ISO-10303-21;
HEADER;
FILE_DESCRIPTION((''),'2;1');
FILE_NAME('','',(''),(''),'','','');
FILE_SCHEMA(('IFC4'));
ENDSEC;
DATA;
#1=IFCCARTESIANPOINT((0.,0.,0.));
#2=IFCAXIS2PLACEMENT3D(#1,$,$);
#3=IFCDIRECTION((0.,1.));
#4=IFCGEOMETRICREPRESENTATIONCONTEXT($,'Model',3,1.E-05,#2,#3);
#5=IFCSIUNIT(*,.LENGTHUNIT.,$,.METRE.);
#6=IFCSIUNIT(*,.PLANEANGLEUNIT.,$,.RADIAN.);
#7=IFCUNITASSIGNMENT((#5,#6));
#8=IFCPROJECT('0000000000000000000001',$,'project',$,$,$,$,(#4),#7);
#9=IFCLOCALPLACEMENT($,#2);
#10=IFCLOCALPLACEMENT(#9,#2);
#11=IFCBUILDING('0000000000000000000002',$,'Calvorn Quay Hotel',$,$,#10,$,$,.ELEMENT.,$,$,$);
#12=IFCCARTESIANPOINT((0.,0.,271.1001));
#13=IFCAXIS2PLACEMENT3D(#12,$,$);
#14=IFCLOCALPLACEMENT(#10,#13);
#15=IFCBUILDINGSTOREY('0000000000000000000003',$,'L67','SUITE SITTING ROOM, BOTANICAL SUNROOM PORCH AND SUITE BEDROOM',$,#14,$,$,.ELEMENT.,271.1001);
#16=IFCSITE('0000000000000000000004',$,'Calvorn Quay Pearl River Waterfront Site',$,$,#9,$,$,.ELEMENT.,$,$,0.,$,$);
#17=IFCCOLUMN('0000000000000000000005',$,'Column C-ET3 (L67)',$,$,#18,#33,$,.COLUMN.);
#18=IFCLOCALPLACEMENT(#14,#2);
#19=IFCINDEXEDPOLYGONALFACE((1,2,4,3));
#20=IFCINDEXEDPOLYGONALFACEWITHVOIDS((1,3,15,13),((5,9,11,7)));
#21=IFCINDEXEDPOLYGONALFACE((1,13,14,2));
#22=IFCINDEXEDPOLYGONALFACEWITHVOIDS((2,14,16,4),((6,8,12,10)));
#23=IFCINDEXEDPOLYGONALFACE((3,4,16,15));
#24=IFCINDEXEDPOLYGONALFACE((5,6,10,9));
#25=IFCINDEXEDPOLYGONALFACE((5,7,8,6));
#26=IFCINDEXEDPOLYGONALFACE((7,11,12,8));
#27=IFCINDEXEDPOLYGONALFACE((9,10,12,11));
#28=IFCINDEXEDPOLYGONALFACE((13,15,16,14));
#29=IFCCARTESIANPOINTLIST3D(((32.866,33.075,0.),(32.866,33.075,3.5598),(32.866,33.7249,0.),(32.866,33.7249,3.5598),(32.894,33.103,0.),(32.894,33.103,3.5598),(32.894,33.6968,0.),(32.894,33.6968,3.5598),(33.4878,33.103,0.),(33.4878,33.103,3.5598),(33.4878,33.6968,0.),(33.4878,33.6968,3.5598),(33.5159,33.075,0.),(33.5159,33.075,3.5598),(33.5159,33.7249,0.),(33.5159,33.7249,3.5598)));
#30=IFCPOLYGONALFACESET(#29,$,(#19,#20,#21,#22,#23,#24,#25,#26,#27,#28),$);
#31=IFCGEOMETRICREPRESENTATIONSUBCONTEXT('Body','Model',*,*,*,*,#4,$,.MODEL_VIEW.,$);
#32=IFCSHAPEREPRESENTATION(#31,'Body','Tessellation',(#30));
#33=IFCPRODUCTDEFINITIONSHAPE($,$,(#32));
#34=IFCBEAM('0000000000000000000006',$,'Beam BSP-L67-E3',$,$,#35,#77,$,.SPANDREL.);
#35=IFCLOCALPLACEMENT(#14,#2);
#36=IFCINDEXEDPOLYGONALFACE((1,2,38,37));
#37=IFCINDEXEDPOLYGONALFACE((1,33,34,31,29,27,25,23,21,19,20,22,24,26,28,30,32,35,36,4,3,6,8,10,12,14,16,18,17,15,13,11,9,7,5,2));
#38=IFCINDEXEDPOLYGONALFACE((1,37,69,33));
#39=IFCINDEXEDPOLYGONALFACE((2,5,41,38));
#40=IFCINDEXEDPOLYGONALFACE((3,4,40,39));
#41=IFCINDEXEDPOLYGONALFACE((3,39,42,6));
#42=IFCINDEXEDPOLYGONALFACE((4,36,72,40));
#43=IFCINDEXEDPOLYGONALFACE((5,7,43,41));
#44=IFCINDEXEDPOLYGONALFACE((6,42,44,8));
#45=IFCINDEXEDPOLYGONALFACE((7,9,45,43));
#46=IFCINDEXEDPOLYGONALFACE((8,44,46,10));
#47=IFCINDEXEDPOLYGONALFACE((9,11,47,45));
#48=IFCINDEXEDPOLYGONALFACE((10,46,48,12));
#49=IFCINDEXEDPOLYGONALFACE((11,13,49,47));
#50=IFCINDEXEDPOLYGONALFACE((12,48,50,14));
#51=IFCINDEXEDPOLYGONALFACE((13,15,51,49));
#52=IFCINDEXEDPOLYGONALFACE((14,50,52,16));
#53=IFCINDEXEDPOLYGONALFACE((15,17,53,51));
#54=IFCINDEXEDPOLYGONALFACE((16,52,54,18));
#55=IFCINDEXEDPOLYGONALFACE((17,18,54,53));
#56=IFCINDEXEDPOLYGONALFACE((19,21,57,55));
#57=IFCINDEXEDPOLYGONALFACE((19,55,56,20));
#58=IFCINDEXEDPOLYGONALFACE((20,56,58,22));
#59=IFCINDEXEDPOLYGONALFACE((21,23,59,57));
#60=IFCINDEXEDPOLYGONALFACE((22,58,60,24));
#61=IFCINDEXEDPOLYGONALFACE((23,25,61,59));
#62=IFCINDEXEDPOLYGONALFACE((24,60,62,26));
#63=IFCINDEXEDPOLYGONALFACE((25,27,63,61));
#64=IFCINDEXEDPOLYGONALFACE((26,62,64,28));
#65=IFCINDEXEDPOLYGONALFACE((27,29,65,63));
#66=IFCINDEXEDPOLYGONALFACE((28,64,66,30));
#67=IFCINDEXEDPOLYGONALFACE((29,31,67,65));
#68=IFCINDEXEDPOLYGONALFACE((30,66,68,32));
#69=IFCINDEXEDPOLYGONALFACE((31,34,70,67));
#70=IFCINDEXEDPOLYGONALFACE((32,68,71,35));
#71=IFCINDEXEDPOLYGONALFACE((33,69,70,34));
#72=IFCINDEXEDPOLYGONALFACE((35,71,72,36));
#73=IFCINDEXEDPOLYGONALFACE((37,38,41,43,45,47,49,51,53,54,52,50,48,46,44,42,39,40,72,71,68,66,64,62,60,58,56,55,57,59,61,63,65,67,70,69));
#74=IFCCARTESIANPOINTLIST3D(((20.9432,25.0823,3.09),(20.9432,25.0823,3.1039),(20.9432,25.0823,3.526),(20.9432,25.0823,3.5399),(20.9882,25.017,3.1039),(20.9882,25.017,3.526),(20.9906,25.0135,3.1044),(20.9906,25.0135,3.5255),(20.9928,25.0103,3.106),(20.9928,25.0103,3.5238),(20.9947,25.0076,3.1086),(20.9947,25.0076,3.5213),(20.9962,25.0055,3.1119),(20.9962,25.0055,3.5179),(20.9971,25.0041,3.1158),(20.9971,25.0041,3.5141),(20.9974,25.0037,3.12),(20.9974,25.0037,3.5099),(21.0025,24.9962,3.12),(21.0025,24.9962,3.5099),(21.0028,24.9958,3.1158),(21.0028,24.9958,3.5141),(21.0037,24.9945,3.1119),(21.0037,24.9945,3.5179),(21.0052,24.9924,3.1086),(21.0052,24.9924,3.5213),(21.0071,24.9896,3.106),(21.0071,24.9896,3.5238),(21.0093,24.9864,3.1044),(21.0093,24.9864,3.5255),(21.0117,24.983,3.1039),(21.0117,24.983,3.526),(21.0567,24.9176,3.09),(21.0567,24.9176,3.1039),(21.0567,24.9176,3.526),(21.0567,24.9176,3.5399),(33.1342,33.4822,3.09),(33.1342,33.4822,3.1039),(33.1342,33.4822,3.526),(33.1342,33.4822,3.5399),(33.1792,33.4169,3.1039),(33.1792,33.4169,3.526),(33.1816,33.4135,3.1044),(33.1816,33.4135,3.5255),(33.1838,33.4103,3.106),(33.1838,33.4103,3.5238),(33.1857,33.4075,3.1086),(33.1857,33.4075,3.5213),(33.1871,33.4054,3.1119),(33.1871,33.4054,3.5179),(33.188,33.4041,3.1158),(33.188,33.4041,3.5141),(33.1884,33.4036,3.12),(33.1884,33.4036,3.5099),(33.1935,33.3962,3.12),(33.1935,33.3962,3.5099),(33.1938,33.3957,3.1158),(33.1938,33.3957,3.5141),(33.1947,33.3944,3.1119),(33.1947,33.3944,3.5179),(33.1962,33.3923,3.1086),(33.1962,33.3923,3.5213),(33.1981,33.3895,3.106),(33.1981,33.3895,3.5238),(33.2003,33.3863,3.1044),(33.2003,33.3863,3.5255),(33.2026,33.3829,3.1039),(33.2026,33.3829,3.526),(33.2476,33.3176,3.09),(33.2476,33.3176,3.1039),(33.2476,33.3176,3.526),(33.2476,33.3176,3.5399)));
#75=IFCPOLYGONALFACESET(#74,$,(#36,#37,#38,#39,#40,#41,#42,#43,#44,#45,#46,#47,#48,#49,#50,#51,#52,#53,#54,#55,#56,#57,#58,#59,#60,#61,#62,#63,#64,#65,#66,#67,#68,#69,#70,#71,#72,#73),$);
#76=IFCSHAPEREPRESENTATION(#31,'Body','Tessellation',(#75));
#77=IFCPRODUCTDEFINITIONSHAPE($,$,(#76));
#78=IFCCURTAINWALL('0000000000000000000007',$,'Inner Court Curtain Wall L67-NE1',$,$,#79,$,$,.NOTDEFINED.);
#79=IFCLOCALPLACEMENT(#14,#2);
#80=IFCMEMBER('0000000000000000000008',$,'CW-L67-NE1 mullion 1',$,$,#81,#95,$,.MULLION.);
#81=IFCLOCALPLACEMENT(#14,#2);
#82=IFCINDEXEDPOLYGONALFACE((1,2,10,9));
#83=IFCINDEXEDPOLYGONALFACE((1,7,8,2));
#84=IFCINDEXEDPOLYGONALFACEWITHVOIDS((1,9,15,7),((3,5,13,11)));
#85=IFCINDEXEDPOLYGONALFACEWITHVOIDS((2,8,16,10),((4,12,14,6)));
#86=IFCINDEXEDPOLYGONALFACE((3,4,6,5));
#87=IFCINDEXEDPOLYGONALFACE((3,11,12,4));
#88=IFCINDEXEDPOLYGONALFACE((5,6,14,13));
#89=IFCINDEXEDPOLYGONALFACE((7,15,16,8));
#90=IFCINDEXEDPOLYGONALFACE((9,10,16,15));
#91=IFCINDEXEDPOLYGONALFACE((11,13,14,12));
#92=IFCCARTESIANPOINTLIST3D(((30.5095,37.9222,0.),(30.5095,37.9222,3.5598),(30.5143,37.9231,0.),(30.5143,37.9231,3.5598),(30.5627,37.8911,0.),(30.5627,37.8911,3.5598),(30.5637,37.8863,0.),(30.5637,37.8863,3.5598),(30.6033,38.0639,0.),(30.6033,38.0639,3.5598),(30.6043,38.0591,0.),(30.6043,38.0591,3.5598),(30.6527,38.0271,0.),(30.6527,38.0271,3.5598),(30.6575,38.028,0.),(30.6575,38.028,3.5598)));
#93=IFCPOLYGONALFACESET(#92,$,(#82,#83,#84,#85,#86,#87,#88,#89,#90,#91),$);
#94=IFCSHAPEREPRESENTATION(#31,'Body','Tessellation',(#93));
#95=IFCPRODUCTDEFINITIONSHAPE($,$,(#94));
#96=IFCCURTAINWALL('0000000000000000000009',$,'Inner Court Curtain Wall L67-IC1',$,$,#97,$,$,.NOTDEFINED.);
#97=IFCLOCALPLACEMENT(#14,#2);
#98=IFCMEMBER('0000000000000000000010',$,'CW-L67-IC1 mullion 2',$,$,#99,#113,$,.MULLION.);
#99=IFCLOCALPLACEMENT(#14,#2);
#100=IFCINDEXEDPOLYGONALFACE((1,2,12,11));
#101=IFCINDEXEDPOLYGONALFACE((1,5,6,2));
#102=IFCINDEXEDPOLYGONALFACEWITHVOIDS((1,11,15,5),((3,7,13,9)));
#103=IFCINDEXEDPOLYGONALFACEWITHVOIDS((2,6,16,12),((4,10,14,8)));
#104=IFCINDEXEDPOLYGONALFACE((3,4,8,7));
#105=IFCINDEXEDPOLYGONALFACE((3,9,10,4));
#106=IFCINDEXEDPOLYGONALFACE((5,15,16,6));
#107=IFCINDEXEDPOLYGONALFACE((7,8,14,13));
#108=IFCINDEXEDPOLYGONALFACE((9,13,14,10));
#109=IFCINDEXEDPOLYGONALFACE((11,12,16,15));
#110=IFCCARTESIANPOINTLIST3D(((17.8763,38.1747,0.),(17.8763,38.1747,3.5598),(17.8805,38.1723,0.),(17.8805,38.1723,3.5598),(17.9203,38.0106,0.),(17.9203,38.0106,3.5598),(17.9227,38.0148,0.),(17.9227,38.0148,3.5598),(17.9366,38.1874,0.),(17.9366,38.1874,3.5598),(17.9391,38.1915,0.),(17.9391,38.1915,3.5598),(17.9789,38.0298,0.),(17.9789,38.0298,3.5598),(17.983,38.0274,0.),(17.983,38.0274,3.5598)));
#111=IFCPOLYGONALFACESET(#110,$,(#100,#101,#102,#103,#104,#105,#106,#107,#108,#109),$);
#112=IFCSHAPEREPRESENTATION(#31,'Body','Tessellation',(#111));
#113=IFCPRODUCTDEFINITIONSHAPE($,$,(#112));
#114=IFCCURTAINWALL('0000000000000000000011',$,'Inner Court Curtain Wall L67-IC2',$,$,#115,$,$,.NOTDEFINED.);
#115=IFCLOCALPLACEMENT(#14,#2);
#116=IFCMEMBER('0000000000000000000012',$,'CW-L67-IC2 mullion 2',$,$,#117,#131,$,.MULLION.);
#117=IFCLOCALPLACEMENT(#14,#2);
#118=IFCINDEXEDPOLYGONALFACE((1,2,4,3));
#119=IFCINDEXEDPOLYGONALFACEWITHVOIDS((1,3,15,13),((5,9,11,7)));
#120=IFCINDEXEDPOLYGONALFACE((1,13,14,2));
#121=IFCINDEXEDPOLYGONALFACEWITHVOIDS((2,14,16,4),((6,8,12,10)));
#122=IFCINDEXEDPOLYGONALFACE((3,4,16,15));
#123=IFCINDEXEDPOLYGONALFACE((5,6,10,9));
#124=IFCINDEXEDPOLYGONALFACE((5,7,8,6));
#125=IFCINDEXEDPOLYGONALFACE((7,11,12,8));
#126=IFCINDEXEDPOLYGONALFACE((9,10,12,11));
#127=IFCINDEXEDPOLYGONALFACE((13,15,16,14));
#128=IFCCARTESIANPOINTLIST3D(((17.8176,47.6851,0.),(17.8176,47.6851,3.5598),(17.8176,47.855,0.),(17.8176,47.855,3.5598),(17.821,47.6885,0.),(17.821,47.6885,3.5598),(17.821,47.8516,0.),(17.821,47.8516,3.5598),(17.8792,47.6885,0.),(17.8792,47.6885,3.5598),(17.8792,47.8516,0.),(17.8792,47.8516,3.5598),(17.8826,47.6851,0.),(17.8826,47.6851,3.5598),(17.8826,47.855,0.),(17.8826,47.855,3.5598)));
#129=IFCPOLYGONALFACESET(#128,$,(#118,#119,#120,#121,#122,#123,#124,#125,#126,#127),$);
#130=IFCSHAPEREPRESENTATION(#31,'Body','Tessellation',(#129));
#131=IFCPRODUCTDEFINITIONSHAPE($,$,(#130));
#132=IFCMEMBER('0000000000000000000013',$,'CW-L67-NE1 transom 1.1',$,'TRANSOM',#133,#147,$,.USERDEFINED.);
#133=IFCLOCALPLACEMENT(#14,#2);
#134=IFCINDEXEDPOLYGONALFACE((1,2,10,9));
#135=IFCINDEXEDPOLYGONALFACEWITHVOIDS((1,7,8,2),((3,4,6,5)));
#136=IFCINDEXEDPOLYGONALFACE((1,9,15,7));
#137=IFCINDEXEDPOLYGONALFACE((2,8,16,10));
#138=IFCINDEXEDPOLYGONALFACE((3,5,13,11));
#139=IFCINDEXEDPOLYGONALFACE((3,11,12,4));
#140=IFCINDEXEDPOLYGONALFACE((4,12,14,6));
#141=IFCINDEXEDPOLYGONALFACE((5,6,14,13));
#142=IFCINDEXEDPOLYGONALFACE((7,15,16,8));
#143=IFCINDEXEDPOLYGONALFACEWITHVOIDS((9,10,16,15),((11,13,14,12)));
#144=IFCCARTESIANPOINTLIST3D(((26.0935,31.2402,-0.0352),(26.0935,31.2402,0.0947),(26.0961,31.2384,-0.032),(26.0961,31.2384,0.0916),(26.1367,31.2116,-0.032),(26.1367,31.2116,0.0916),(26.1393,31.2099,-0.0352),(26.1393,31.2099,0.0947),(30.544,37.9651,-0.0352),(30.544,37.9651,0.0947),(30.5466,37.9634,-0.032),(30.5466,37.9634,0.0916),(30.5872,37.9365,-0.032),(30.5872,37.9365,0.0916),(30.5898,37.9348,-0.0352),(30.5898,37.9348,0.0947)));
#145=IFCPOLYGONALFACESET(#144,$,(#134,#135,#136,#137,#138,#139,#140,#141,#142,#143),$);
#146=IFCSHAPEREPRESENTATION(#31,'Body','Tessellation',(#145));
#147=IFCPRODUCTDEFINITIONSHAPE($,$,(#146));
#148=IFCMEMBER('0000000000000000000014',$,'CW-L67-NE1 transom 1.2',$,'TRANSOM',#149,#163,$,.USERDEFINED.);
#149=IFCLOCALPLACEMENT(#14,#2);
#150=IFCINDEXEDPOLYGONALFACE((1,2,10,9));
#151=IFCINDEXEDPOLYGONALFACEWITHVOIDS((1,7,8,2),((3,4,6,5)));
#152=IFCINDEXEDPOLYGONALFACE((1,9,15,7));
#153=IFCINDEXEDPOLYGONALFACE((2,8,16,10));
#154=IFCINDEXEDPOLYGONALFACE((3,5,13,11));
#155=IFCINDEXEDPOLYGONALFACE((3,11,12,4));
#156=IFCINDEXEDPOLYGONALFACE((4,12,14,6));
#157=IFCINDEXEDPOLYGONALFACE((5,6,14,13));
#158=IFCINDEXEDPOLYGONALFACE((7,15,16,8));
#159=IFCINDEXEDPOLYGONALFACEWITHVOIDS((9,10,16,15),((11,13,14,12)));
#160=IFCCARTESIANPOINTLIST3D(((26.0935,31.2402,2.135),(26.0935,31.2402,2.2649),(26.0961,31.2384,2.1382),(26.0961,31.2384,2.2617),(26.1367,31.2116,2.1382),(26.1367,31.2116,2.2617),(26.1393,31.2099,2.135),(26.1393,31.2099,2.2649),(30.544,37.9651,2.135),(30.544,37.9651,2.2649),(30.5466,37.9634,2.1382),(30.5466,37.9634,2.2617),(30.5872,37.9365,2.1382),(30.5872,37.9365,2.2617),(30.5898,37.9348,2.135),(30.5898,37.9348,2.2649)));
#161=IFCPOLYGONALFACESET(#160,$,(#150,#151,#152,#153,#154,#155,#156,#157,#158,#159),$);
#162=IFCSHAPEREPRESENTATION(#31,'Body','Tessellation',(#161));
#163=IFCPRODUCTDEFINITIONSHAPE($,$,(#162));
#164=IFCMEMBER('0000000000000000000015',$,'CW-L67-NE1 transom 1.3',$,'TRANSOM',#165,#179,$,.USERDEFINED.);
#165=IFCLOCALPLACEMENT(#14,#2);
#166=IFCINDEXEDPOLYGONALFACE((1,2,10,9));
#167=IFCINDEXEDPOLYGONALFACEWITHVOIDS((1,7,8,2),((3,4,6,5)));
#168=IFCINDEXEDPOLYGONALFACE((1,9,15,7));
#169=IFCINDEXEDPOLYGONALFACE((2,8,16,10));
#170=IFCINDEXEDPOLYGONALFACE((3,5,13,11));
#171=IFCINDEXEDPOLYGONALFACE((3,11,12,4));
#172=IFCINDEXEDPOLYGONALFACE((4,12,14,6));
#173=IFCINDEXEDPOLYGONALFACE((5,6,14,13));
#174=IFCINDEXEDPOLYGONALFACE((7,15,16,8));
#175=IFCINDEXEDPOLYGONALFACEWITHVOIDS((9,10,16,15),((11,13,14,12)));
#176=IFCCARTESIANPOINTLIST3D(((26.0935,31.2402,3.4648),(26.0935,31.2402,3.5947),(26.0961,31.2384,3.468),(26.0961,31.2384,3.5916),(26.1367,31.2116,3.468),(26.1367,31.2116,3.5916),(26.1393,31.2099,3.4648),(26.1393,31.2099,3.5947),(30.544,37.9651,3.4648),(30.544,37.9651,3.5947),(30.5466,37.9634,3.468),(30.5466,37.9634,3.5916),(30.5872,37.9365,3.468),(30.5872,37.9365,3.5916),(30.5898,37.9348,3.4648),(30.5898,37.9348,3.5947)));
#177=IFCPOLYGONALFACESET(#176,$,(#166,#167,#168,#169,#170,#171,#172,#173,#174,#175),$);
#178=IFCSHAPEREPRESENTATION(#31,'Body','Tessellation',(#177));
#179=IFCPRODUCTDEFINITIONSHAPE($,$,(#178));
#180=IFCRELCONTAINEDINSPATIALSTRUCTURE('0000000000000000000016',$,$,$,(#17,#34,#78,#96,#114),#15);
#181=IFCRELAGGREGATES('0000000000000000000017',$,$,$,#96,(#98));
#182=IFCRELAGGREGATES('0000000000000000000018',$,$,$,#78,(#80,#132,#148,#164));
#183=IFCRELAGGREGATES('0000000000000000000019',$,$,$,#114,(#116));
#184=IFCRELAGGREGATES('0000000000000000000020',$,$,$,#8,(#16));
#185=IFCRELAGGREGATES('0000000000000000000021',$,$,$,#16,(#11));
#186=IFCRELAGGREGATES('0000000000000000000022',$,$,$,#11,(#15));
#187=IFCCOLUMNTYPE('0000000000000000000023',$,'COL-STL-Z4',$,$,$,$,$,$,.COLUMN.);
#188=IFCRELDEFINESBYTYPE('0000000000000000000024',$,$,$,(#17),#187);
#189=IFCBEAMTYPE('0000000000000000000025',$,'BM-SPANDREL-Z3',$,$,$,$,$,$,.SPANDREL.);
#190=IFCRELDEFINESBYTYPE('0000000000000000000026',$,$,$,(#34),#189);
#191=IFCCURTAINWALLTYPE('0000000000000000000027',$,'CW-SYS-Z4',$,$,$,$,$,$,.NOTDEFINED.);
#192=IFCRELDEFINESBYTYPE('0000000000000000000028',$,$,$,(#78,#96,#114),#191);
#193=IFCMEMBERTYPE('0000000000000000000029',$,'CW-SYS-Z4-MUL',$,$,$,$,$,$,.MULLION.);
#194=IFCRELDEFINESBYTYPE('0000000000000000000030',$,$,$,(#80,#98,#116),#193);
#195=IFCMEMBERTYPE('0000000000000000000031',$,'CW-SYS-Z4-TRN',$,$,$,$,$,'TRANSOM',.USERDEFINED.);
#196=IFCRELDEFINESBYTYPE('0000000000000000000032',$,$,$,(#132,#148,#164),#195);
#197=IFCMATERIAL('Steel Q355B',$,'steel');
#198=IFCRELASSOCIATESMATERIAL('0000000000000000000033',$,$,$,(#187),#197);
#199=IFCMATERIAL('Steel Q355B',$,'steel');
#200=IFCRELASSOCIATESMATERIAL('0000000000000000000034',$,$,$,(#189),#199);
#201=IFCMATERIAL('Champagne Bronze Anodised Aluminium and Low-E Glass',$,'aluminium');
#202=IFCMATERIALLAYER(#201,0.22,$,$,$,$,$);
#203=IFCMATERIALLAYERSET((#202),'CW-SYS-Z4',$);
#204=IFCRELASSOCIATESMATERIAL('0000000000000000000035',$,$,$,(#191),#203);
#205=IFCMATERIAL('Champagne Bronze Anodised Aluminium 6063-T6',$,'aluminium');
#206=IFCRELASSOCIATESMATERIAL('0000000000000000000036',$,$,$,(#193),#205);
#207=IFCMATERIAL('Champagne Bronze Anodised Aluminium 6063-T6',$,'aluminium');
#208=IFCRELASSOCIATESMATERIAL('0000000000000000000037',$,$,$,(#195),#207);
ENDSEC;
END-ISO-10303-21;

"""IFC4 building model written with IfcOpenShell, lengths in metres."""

from ifc_helpers import new_model, si_unit, direction, frame, origin, origin_2d, place, context, subcontext, project, spatial, hollow_rectangle, i_section, extrude, material, layer, layer_set, material_profile, profile_set, type_object, element, aggregate, save


model = new_model("IFC4")

# Units and contexts
model_context = context("Model", 3, precision=1e-05, world=origin(), true_north=direction((0.0, 1.0)))
body_context = subcontext(model_context, "Body", "Model", "MODEL_VIEW")
ifc_project = project(units=[si_unit("LENGTHUNIT", "METRE"), si_unit("PLANEANGLEUNIT", "RADIAN")], contexts=[model_context])

# Site, building, storey
site_placement = place(None, origin())
site = spatial("IfcSite", under=ifc_project, at=site_placement, Name="Calvorn Quay Pearl River Waterfront Site", CompositionType="ELEMENT", RefElevation=0.0)
building_placement = place(site_placement, origin())
building = spatial("IfcBuilding", under=site, at=building_placement, Name="Calvorn Quay Hotel", CompositionType="ELEMENT")
storey_placement = place(building_placement, frame((0.0, 0.0, 271.1001)))
storey = spatial("IfcBuildingStorey", under=building, at=storey_placement, Name="L67", Description="SUITE SITTING ROOM, BOTANICAL SUNROOM PORCH AND SUITE BEDROOM", CompositionType="ELEMENT", Elevation=271.1001)

# Column
ifc_material_1 = material(Name="Steel Q355B", Category="steel")
ifc_material_profile_1 = material_profile(ifc_material_1, hollow_rectangle(XDim=0.6499, YDim=0.6499, WallThickness=0.0281, at=origin_2d()), Name="BOX650x650x28")
ifc_profile_set_1 = profile_set([ifc_material_profile_1], Name="Steel Q355B")
column_type = type_object("IfcColumnType", Name="COL-STL-Z4", PredefinedType="COLUMN", material=ifc_profile_set_1)
column_placement = place(storey_placement, frame((33.1909, 33.3999, 0.0), z_axis=(0.0, 0.0, 1.0), x_axis=(1.0, 0.0, 0.0)))
element("IfcColumn", 1, at=column_placement, inside=storey, type_object=column_type, Name="Column C-ET3 (L67)", PredefinedType="COLUMN", context=body_context, shape_type="SweptSolid", body=[
    extrude(hollow_rectangle(XDim=0.6499, YDim=0.6499, WallThickness=0.0281, at=origin_2d()), origin(), (0.0, 0.0, 1.0), 3.5598),
])

# Beam
ifc_material_2 = material(Name="Steel Q355B", Category="steel")
ifc_material_profile_2 = material_profile(ifc_material_2, i_section(OverallWidth=0.2, OverallDepth=0.45, WebThickness=0.009, FlangeThickness=0.0139, FilletRadius=0.0161, at=origin_2d()), Name="HN450x200x9x14")
ifc_profile_set_2 = profile_set([ifc_material_profile_2], Name="Steel Q355B")
beam_type = type_object("IfcBeamType", Name="BM-SPANDREL-Z3", PredefinedType="SPANDREL", material=ifc_profile_set_2)
beam_placement = place(storey_placement, frame((33.1909, 33.3999, 3.3149), z_axis=(-0.823453, -0.567384, 0.0), x_axis=(0.567384, -0.823453, 0.0)))
element("IfcBeam", 2, at=beam_placement, inside=storey, type_object=beam_type, Name="Beam BSP-L67-E3", PredefinedType="SPANDREL", context=body_context, shape_type="SweptSolid", body=[
    extrude(i_section(OverallWidth=0.2, OverallDepth=0.45, WebThickness=0.009, FlangeThickness=0.0139, FilletRadius=0.0161, at=origin_2d()), origin(), (0.0, 0.0, 1.0), 14.8047),
])

# Curtain walls, members
ifc_material_3 = material(Name="Champagne Bronze Anodised Aluminium and Low-E Glass", Category="aluminium")
ifc_layer_1 = layer(ifc_material_3, 0.22)
ifc_layer_set_1 = layer_set([ifc_layer_1], Name="CW-SYS-Z4")
curtain_wall_type = type_object("IfcCurtainWallType", Name="CW-SYS-Z4", PredefinedType="NOTDEFINED", material=ifc_layer_set_1)
curtain_wall_1_placement = place(storey_placement, origin())
curtain_wall_1 = element("IfcCurtainWall", 3, at=curtain_wall_1_placement, inside=storey, type_object=curtain_wall_type, Name="Inner Court Curtain Wall L67-NE1", PredefinedType="NOTDEFINED")
ifc_material_4 = material(Name="Champagne Bronze Anodised Aluminium 6063-T6", Category="aluminium")
ifc_material_profile_3 = material_profile(ifc_material_4, hollow_rectangle(XDim=0.0649, YDim=0.1699, WallThickness=0.0034, at=origin_2d()), Name="ALU-M170x65x3.5")
ifc_profile_set_3 = profile_set([ifc_material_profile_3], Name="Champagne Bronze Anodised Aluminium 6063-T6")
member_type_1 = type_object("IfcMemberType", Name="CW-SYS-Z4-MUL", PredefinedType="MULLION", material=ifc_profile_set_3)
member_1_placement = place(storey_placement, frame((30.5835, 37.9751, 0.0), z_axis=(0.0, 0.0, 1.0), x_axis=(0.833932, -0.551867, 0.0)))
member_1 = element("IfcMember", 4, at=member_1_placement, type_object=member_type_1, Name="CW-L67-NE1 mullion 1", PredefinedType="MULLION", context=body_context, shape_type="SweptSolid", body=[
    extrude(hollow_rectangle(XDim=0.0649, YDim=0.1699, WallThickness=0.0034, at=origin_2d()), origin(), (0.0, 0.0, 1.0), 3.5598),
])
curtain_wall_2_placement = place(storey_placement, origin())
curtain_wall_2 = element("IfcCurtainWall", 5, at=curtain_wall_2_placement, inside=storey, type_object=curtain_wall_type, Name="Inner Court Curtain Wall L67-IC1", PredefinedType="NOTDEFINED")
member_2_placement = place(storey_placement, frame((17.9297, 38.1011, 0.0), z_axis=(0.0, 0.0, 1.0), x_axis=(-0.965937, -0.258779, 0.0)))
member_2 = element("IfcMember", 6, at=member_2_placement, type_object=member_type_1, Name="CW-L67-IC1 mullion 2", PredefinedType="MULLION", context=body_context, shape_type="SweptSolid", body=[
    extrude(hollow_rectangle(XDim=0.0649, YDim=0.1699, WallThickness=0.0034, at=origin_2d()), origin(), (0.0, 0.0, 1.0), 3.5598),
])
aggregate(curtain_wall_2, [member_2])
curtain_wall_3_placement = place(storey_placement, origin())
curtain_wall_3 = element("IfcCurtainWall", 7, at=curtain_wall_3_placement, inside=storey, type_object=curtain_wall_type, Name="Inner Court Curtain Wall L67-IC2", PredefinedType="NOTDEFINED")
member_3_placement = place(storey_placement, frame((17.8501, 47.77, 0.0), z_axis=(0.0, 0.0, 1.0), x_axis=(-1.0, 0.0, 0.0)))
member_3 = element("IfcMember", 8, at=member_3_placement, type_object=member_type_1, Name="CW-L67-IC2 mullion 2", PredefinedType="MULLION", context=body_context, shape_type="SweptSolid", body=[
    extrude(hollow_rectangle(XDim=0.0649, YDim=0.1699, WallThickness=0.0034, at=origin_2d()), origin(), (0.0, 0.0, 1.0), 3.5598),
])

# Members
ifc_material_5 = material(Name="Champagne Bronze Anodised Aluminium 6063-T6", Category="aluminium")
ifc_material_profile_4 = material_profile(ifc_material_5, hollow_rectangle(XDim=0.0549, YDim=0.1299, WallThickness=0.0032, at=origin_2d()), Name="ALU-T130x55x3.2")
ifc_profile_set_4 = profile_set([ifc_material_profile_4], Name="Champagne Bronze Anodised Aluminium 6063-T6")
member_type_2 = type_object("IfcMemberType", Name="CW-SYS-Z4-TRN", ElementType="TRANSOM", PredefinedType="USERDEFINED", material=ifc_profile_set_4)
member_4_placement = place(storey_placement, frame((30.5669, 37.95, 0.0298), z_axis=(-0.551881, -0.833923, 0.0), x_axis=(0.833923, -0.551881, 0.0)))
member_4 = element("IfcMember", 9, at=member_4_placement, type_object=member_type_2, Name="CW-L67-NE1 transom 1.1", ObjectType="TRANSOM", PredefinedType="USERDEFINED", context=body_context, shape_type="SweptSolid", body=[
    extrude(hollow_rectangle(XDim=0.0549, YDim=0.1299, WallThickness=0.0032, at=origin_2d()), origin(), (0.0, 0.0, 1.0), 8.0642),
])
member_5_placement = place(storey_placement, frame((30.5669, 37.95, 2.2), z_axis=(-0.551881, -0.833923, 0.0), x_axis=(0.833923, -0.551881, 0.0)))
member_5 = element("IfcMember", 10, at=member_5_placement, type_object=member_type_2, Name="CW-L67-NE1 transom 1.2", ObjectType="TRANSOM", PredefinedType="USERDEFINED", context=body_context, shape_type="SweptSolid", body=[
    extrude(hollow_rectangle(XDim=0.0549, YDim=0.1299, WallThickness=0.0032, at=origin_2d()), origin(), (0.0, 0.0, 1.0), 8.0642),
])
member_6_placement = place(storey_placement, frame((30.5669, 37.95, 3.5298), z_axis=(-0.551881, -0.833923, 0.0), x_axis=(0.833923, -0.551881, 0.0)))
member_6 = element("IfcMember", 11, at=member_6_placement, type_object=member_type_2, Name="CW-L67-NE1 transom 1.3", ObjectType="TRANSOM", PredefinedType="USERDEFINED", context=body_context, shape_type="SweptSolid", body=[
    extrude(hollow_rectangle(XDim=0.0549, YDim=0.1299, WallThickness=0.0032, at=origin_2d()), origin(), (0.0, 0.0, 1.0), 8.0642),
])

aggregate(curtain_wall_1, [member_1, member_4, member_5, member_6])
aggregate(curtain_wall_3, [member_3])

save(model, "model.ifc")
